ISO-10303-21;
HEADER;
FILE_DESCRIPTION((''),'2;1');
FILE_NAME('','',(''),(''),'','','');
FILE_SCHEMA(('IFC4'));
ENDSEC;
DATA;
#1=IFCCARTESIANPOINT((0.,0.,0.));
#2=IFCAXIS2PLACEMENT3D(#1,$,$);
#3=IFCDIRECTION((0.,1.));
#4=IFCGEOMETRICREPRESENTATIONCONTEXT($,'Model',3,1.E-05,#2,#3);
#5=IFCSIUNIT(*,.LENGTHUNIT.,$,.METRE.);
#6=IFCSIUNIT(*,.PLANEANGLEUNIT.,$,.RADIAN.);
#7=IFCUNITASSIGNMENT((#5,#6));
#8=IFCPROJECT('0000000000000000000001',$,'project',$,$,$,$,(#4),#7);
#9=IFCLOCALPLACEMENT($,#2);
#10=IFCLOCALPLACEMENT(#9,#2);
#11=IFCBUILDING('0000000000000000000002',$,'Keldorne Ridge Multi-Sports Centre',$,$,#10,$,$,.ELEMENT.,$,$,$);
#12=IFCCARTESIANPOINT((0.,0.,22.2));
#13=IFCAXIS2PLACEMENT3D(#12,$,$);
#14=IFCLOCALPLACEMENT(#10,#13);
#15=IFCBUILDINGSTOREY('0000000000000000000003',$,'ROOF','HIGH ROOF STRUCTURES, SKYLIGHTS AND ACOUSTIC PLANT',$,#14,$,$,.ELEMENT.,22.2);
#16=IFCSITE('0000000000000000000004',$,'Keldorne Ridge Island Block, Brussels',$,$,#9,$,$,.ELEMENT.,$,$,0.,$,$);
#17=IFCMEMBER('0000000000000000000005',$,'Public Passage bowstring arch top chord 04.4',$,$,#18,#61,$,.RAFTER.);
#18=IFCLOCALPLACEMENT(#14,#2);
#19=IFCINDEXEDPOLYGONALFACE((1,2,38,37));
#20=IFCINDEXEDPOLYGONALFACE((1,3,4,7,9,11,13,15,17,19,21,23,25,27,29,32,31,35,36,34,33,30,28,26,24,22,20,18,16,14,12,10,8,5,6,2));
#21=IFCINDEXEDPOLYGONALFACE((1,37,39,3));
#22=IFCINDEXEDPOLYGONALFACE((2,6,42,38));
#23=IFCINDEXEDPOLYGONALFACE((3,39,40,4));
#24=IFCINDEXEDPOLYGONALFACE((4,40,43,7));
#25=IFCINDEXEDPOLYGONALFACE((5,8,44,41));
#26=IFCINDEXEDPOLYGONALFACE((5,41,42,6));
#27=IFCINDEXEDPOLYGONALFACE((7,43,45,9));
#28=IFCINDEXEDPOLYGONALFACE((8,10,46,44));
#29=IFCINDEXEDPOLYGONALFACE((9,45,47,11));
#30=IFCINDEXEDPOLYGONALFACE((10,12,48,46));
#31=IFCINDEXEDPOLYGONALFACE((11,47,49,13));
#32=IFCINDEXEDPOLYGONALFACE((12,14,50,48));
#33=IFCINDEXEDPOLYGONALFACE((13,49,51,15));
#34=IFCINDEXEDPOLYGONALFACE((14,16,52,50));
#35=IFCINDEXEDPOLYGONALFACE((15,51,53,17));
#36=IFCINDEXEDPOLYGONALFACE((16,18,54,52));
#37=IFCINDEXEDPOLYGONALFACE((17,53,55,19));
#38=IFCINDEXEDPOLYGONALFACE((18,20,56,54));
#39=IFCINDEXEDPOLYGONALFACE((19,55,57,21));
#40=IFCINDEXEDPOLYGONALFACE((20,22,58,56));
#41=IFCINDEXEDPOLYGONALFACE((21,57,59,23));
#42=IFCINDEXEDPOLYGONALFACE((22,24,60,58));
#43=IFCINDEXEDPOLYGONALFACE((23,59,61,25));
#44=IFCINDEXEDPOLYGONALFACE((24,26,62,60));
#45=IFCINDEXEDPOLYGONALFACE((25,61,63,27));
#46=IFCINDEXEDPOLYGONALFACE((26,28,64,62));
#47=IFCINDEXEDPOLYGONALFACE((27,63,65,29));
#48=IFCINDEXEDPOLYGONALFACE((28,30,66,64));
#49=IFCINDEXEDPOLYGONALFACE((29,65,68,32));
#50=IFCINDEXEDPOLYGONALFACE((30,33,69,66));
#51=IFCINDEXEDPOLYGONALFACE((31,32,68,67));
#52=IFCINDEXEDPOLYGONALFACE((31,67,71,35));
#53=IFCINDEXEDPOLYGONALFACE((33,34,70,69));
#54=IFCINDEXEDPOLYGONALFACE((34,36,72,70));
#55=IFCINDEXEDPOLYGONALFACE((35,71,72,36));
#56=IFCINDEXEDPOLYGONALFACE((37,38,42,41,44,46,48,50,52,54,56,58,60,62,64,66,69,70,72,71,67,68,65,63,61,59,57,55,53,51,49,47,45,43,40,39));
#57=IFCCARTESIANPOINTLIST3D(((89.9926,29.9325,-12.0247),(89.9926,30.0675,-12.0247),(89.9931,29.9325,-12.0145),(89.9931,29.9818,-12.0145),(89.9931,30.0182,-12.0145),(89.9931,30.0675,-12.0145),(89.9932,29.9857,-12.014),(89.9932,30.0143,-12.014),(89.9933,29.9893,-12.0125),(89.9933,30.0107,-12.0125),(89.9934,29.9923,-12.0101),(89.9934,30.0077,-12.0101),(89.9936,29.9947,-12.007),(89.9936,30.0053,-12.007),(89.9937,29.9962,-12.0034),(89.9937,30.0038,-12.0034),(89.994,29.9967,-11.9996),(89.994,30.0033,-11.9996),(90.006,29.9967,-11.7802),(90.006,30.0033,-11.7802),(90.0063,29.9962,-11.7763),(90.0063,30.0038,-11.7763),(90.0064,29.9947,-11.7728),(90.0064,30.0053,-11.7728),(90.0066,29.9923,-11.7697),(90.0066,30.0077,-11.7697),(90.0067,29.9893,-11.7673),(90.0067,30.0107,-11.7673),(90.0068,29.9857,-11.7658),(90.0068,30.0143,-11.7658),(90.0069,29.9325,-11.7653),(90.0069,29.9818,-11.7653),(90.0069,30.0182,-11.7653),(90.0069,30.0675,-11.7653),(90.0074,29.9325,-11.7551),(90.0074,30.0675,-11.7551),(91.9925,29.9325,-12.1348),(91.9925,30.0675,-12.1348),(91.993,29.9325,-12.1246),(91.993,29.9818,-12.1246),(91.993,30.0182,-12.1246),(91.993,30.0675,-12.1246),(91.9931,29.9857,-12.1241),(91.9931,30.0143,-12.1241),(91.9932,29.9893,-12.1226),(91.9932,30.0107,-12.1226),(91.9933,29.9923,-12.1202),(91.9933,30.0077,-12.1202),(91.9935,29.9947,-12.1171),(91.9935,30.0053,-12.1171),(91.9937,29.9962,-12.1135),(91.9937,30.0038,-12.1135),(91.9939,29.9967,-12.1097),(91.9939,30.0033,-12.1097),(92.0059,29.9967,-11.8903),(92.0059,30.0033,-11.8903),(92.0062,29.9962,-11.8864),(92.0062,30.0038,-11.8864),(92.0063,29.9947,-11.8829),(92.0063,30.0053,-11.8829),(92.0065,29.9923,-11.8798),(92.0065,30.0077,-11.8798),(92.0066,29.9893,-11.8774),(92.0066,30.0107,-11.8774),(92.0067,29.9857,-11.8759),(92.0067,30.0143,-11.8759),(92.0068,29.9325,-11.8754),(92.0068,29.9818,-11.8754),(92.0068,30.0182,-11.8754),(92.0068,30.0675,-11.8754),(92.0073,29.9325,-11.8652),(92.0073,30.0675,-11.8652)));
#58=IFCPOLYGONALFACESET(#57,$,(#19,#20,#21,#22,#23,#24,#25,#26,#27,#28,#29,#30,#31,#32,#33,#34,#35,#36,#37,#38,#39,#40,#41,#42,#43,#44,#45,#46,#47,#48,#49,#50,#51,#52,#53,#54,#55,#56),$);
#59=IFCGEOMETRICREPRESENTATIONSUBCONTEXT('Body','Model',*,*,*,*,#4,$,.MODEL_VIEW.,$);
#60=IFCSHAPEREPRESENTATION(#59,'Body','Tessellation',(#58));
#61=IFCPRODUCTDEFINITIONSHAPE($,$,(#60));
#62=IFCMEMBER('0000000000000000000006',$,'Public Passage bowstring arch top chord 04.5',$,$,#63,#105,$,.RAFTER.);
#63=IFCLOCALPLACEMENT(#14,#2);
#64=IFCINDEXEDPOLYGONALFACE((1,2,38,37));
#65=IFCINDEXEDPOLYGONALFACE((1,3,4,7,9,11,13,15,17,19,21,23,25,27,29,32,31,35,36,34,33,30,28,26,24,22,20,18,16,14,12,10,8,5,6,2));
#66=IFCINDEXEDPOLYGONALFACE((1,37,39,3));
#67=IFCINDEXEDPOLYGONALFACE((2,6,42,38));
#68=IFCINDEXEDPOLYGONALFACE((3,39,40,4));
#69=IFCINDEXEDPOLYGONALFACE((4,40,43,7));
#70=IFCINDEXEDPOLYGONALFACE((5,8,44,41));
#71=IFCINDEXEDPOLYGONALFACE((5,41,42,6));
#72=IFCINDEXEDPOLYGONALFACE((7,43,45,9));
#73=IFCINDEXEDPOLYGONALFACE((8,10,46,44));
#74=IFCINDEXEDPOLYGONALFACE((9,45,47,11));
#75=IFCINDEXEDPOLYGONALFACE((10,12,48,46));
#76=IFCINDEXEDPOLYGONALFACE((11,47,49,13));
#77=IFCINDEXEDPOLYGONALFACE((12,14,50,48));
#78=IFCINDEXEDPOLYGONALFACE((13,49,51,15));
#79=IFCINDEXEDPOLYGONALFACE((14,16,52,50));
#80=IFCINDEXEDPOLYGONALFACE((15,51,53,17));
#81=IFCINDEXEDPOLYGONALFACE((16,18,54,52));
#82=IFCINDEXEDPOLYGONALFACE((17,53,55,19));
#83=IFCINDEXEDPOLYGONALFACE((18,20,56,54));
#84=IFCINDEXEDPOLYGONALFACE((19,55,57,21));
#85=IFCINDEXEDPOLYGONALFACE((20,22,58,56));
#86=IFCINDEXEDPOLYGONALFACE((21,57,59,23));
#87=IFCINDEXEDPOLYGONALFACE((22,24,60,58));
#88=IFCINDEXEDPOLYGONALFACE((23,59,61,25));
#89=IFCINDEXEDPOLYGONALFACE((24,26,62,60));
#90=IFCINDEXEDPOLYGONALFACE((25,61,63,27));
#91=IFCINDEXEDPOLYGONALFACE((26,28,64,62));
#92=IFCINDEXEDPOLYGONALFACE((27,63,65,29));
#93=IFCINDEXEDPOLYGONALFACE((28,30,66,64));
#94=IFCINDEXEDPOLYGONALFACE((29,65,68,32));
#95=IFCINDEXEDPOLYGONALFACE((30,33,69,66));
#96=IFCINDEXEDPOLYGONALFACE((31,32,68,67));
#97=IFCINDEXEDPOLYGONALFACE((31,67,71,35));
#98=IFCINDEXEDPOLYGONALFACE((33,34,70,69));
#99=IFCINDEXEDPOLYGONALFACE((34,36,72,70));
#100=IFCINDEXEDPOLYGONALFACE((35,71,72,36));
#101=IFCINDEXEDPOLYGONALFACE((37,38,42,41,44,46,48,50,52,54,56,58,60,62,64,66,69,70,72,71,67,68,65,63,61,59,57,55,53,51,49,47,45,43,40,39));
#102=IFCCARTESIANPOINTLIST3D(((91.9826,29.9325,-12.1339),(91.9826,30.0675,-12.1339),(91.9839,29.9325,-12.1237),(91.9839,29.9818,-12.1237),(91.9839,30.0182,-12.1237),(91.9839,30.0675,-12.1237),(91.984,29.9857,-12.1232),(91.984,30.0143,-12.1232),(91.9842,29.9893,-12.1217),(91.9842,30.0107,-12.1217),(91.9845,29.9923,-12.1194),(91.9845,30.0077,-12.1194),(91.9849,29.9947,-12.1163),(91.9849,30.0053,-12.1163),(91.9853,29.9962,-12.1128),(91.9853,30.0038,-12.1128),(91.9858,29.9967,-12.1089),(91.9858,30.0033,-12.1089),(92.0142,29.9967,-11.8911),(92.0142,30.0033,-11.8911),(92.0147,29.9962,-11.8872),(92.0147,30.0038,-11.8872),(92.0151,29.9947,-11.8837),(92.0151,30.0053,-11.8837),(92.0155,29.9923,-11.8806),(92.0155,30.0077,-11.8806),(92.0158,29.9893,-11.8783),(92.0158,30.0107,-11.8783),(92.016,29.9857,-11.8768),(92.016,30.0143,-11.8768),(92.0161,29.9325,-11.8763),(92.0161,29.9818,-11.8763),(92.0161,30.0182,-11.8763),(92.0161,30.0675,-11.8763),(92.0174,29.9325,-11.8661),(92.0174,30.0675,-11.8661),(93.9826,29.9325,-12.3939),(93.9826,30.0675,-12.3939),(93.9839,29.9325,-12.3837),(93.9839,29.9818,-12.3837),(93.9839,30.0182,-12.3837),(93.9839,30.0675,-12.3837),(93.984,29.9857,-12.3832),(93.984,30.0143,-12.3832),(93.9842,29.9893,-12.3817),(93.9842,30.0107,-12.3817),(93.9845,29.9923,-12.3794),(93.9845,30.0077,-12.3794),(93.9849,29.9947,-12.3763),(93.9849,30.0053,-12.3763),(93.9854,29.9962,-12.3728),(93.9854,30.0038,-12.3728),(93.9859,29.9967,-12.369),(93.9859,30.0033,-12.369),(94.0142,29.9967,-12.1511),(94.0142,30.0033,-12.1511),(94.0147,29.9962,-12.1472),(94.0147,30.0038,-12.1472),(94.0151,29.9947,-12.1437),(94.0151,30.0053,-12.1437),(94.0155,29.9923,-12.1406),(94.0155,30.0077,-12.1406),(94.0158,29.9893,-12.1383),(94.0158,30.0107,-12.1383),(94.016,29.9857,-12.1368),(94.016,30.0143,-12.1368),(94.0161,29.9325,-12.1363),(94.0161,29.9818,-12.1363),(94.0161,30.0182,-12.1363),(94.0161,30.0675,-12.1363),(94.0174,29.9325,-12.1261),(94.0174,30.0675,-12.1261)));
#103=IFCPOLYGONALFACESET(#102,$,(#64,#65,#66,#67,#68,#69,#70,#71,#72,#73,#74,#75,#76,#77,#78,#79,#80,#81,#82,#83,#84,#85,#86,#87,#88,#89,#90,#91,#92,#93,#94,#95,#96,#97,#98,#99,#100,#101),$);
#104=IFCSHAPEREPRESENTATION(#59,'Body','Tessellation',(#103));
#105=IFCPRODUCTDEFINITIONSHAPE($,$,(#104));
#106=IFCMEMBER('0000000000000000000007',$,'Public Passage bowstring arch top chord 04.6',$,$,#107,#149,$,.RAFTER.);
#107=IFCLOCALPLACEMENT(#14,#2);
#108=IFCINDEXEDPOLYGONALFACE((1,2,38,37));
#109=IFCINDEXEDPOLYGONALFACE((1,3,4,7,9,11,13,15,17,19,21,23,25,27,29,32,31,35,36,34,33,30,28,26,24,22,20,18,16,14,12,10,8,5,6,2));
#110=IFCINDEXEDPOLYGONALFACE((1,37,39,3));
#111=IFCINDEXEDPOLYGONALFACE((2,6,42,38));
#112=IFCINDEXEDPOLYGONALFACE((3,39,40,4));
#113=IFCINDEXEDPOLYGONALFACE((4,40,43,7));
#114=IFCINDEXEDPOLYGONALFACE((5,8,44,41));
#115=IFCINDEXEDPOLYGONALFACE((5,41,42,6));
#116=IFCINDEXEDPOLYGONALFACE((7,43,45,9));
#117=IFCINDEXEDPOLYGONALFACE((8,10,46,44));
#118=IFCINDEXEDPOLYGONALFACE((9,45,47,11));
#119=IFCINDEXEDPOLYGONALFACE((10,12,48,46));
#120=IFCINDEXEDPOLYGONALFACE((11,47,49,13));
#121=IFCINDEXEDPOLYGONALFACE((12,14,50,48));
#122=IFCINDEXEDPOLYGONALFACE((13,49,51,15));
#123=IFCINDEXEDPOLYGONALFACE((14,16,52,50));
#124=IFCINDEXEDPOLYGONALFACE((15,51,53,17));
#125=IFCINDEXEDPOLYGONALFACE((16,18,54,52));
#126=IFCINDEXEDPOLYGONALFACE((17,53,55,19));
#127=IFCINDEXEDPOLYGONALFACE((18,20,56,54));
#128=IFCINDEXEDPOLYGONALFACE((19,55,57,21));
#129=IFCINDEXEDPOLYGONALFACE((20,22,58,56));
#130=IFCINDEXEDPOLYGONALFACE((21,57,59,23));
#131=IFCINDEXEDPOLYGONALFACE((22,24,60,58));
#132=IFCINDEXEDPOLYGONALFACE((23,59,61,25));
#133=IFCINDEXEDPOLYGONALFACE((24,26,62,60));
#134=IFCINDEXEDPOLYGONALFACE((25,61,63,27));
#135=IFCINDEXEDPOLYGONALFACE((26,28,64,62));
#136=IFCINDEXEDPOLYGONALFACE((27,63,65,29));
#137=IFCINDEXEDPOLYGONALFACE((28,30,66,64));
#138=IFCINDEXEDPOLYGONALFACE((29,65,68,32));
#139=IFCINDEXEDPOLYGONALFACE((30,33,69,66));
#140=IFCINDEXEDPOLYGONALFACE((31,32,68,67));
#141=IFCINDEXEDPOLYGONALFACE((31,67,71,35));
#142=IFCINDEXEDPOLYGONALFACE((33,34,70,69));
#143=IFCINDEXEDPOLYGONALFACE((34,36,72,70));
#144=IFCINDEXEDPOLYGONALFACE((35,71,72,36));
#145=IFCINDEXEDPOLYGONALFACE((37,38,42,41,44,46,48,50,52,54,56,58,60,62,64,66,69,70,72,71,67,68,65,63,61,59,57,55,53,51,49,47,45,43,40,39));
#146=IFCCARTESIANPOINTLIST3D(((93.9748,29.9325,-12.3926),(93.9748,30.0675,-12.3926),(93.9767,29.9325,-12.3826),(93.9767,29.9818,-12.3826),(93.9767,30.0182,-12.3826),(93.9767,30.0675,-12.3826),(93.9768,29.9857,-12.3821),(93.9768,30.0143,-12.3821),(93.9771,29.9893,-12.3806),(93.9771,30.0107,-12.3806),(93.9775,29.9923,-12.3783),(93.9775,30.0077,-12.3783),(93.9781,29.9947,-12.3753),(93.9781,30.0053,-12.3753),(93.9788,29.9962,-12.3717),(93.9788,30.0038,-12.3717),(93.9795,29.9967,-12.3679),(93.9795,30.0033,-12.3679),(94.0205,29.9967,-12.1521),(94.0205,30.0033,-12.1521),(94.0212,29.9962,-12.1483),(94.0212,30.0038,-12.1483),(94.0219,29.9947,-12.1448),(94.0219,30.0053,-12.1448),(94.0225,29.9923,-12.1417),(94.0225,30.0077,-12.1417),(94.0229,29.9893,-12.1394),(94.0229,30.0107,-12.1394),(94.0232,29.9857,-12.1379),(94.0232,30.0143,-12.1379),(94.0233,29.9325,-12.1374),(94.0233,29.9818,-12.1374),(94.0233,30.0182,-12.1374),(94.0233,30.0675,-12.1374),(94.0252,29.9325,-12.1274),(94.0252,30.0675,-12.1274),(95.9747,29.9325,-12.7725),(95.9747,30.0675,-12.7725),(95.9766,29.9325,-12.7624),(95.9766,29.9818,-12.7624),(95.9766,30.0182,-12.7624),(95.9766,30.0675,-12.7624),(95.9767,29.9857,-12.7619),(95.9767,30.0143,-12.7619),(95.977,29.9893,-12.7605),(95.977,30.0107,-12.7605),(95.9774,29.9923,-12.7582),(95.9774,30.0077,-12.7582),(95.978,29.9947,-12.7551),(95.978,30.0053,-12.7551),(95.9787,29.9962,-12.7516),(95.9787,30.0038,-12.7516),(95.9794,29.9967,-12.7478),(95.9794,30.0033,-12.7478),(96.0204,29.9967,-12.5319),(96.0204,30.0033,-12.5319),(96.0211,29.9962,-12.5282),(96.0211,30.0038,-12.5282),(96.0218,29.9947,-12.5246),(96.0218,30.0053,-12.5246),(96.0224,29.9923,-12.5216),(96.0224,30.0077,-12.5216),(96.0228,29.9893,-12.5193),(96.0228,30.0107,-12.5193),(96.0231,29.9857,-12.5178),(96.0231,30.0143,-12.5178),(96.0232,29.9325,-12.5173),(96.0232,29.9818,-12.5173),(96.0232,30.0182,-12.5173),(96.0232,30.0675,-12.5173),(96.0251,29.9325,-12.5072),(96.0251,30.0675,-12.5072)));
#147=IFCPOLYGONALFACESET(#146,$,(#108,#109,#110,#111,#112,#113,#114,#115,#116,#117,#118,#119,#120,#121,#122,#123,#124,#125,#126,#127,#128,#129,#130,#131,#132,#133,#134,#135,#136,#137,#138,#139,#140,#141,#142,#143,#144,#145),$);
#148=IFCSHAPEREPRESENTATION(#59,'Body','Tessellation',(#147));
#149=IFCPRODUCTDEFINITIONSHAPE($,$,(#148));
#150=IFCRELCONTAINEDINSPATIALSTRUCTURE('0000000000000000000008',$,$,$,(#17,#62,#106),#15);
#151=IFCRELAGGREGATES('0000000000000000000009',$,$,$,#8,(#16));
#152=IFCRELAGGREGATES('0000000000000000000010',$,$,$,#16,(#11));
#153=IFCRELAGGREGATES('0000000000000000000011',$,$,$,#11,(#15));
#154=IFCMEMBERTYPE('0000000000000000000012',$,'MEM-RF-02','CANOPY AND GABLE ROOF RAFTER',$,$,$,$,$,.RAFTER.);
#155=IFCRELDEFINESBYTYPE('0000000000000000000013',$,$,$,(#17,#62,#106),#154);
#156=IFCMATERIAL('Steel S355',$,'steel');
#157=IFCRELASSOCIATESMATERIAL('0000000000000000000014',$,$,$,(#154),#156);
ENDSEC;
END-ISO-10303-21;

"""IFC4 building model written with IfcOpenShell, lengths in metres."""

from ifc_helpers import new_model, si_unit, direction, frame, origin, origin_2d, place, context, subcontext, project, spatial, i_section, extrude, material, material_profile, profile_set, type_object, element, save


model = new_model("IFC4")

# Units and contexts
model_context = context("Model", 3, precision=1e-05, world=origin(), true_north=direction((0.0, 1.0)))
body_context = subcontext(model_context, "Body", "Model", "MODEL_VIEW")
ifc_project = project(units=[si_unit("LENGTHUNIT", "METRE"), si_unit("PLANEANGLEUNIT", "RADIAN")], contexts=[model_context])

# Site, building, storey
site_placement = place(None, origin())
site = spatial("IfcSite", under=ifc_project, at=site_placement, Name="Keldorne Ridge Island Block, Brussels", CompositionType="ELEMENT", RefElevation=0.0)
building_placement = place(site_placement, origin())
building = spatial("IfcBuilding", under=site, at=building_placement, Name="Keldorne Ridge Multi-Sports Centre", CompositionType="ELEMENT")
storey_placement = place(building_placement, frame((0.0, 0.0, 22.2)))
storey = spatial("IfcBuildingStorey", under=building, at=storey_placement, Name="ROOF", Description="HIGH ROOF STRUCTURES, SKYLIGHTS AND ACOUSTIC PLANT", CompositionType="ELEMENT", Elevation=22.2)

# Members
ifc_material = material(Name="Steel S355", Category="steel")
ifc_material_profile_1 = material_profile(ifc_material, i_section(OverallWidth=0.135, OverallDepth=0.27, WebThickness=0.0066, FlangeThickness=0.0103, FilletRadius=0.0149, at=origin_2d()), Name="IPE 270")
ifc_profile_set_1 = profile_set([ifc_material_profile_1], Name="Steel S355")
member_type_1 = type_object("IfcMemberType", Name="MEM-RF-02", Description="CANOPY AND GABLE ROOF RAFTER", PredefinedType="RAFTER", material=ifc_profile_set_1)
for number, where, z_axis, x_axis, name in (
    (1, (90.0, 30.0, -11.8899), (0.998488, 0.0, -0.05497), (0.0, 1.0, 0.0), "Public Passage bowstring arch top chord 04.4"),
):
    element("IfcMember", number, at=place(storey_placement, frame(where, z_axis=z_axis, x_axis=x_axis)), inside=storey, type_object=member_type_1, Name=name, PredefinedType="RAFTER", context=body_context, shape_type="SweptSolid", body=[
        extrude(i_section(OverallWidth=0.135, OverallDepth=0.27, WebThickness=0.0066, FlangeThickness=0.0103, FilletRadius=0.0149, at=origin_2d()), origin(), (0.0, 0.0, 1.0), 2.0029),
    ])
member_1_placement = place(storey_placement, frame((92.0, 30.0, -12.0), z_axis=(0.991655, 0.0, -0.12892), x_axis=(0.0, 1.0, 0.0)))
element("IfcMember", 2, at=member_1_placement, inside=storey, type_object=member_type_1, Name="Public Passage bowstring arch top chord 04.5", PredefinedType="RAFTER", context=body_context, shape_type="SweptSolid", body=[
    extrude(i_section(OverallWidth=0.135, OverallDepth=0.27, WebThickness=0.0066, FlangeThickness=0.0103, FilletRadius=0.0149, at=origin_2d()), origin(), (0.0, 0.0, 1.0), 2.0168),
])
member_2_placement = place(storey_placement, frame((94.0, 30.0, -12.26), z_axis=(0.982435, 0.0, -0.186605), x_axis=(0.0, 1.0, 0.0)))
element("IfcMember", 3, at=member_2_placement, inside=storey, type_object=member_type_1, Name="Public Passage bowstring arch top chord 04.6", PredefinedType="RAFTER", context=body_context, shape_type="SweptSolid", body=[
    extrude(i_section(OverallWidth=0.135, OverallDepth=0.27, WebThickness=0.0066, FlangeThickness=0.0103, FilletRadius=0.0149, at=origin_2d()), origin(), (0.0, 0.0, 1.0), 2.0356),
])

save(model, "model.ifc")
